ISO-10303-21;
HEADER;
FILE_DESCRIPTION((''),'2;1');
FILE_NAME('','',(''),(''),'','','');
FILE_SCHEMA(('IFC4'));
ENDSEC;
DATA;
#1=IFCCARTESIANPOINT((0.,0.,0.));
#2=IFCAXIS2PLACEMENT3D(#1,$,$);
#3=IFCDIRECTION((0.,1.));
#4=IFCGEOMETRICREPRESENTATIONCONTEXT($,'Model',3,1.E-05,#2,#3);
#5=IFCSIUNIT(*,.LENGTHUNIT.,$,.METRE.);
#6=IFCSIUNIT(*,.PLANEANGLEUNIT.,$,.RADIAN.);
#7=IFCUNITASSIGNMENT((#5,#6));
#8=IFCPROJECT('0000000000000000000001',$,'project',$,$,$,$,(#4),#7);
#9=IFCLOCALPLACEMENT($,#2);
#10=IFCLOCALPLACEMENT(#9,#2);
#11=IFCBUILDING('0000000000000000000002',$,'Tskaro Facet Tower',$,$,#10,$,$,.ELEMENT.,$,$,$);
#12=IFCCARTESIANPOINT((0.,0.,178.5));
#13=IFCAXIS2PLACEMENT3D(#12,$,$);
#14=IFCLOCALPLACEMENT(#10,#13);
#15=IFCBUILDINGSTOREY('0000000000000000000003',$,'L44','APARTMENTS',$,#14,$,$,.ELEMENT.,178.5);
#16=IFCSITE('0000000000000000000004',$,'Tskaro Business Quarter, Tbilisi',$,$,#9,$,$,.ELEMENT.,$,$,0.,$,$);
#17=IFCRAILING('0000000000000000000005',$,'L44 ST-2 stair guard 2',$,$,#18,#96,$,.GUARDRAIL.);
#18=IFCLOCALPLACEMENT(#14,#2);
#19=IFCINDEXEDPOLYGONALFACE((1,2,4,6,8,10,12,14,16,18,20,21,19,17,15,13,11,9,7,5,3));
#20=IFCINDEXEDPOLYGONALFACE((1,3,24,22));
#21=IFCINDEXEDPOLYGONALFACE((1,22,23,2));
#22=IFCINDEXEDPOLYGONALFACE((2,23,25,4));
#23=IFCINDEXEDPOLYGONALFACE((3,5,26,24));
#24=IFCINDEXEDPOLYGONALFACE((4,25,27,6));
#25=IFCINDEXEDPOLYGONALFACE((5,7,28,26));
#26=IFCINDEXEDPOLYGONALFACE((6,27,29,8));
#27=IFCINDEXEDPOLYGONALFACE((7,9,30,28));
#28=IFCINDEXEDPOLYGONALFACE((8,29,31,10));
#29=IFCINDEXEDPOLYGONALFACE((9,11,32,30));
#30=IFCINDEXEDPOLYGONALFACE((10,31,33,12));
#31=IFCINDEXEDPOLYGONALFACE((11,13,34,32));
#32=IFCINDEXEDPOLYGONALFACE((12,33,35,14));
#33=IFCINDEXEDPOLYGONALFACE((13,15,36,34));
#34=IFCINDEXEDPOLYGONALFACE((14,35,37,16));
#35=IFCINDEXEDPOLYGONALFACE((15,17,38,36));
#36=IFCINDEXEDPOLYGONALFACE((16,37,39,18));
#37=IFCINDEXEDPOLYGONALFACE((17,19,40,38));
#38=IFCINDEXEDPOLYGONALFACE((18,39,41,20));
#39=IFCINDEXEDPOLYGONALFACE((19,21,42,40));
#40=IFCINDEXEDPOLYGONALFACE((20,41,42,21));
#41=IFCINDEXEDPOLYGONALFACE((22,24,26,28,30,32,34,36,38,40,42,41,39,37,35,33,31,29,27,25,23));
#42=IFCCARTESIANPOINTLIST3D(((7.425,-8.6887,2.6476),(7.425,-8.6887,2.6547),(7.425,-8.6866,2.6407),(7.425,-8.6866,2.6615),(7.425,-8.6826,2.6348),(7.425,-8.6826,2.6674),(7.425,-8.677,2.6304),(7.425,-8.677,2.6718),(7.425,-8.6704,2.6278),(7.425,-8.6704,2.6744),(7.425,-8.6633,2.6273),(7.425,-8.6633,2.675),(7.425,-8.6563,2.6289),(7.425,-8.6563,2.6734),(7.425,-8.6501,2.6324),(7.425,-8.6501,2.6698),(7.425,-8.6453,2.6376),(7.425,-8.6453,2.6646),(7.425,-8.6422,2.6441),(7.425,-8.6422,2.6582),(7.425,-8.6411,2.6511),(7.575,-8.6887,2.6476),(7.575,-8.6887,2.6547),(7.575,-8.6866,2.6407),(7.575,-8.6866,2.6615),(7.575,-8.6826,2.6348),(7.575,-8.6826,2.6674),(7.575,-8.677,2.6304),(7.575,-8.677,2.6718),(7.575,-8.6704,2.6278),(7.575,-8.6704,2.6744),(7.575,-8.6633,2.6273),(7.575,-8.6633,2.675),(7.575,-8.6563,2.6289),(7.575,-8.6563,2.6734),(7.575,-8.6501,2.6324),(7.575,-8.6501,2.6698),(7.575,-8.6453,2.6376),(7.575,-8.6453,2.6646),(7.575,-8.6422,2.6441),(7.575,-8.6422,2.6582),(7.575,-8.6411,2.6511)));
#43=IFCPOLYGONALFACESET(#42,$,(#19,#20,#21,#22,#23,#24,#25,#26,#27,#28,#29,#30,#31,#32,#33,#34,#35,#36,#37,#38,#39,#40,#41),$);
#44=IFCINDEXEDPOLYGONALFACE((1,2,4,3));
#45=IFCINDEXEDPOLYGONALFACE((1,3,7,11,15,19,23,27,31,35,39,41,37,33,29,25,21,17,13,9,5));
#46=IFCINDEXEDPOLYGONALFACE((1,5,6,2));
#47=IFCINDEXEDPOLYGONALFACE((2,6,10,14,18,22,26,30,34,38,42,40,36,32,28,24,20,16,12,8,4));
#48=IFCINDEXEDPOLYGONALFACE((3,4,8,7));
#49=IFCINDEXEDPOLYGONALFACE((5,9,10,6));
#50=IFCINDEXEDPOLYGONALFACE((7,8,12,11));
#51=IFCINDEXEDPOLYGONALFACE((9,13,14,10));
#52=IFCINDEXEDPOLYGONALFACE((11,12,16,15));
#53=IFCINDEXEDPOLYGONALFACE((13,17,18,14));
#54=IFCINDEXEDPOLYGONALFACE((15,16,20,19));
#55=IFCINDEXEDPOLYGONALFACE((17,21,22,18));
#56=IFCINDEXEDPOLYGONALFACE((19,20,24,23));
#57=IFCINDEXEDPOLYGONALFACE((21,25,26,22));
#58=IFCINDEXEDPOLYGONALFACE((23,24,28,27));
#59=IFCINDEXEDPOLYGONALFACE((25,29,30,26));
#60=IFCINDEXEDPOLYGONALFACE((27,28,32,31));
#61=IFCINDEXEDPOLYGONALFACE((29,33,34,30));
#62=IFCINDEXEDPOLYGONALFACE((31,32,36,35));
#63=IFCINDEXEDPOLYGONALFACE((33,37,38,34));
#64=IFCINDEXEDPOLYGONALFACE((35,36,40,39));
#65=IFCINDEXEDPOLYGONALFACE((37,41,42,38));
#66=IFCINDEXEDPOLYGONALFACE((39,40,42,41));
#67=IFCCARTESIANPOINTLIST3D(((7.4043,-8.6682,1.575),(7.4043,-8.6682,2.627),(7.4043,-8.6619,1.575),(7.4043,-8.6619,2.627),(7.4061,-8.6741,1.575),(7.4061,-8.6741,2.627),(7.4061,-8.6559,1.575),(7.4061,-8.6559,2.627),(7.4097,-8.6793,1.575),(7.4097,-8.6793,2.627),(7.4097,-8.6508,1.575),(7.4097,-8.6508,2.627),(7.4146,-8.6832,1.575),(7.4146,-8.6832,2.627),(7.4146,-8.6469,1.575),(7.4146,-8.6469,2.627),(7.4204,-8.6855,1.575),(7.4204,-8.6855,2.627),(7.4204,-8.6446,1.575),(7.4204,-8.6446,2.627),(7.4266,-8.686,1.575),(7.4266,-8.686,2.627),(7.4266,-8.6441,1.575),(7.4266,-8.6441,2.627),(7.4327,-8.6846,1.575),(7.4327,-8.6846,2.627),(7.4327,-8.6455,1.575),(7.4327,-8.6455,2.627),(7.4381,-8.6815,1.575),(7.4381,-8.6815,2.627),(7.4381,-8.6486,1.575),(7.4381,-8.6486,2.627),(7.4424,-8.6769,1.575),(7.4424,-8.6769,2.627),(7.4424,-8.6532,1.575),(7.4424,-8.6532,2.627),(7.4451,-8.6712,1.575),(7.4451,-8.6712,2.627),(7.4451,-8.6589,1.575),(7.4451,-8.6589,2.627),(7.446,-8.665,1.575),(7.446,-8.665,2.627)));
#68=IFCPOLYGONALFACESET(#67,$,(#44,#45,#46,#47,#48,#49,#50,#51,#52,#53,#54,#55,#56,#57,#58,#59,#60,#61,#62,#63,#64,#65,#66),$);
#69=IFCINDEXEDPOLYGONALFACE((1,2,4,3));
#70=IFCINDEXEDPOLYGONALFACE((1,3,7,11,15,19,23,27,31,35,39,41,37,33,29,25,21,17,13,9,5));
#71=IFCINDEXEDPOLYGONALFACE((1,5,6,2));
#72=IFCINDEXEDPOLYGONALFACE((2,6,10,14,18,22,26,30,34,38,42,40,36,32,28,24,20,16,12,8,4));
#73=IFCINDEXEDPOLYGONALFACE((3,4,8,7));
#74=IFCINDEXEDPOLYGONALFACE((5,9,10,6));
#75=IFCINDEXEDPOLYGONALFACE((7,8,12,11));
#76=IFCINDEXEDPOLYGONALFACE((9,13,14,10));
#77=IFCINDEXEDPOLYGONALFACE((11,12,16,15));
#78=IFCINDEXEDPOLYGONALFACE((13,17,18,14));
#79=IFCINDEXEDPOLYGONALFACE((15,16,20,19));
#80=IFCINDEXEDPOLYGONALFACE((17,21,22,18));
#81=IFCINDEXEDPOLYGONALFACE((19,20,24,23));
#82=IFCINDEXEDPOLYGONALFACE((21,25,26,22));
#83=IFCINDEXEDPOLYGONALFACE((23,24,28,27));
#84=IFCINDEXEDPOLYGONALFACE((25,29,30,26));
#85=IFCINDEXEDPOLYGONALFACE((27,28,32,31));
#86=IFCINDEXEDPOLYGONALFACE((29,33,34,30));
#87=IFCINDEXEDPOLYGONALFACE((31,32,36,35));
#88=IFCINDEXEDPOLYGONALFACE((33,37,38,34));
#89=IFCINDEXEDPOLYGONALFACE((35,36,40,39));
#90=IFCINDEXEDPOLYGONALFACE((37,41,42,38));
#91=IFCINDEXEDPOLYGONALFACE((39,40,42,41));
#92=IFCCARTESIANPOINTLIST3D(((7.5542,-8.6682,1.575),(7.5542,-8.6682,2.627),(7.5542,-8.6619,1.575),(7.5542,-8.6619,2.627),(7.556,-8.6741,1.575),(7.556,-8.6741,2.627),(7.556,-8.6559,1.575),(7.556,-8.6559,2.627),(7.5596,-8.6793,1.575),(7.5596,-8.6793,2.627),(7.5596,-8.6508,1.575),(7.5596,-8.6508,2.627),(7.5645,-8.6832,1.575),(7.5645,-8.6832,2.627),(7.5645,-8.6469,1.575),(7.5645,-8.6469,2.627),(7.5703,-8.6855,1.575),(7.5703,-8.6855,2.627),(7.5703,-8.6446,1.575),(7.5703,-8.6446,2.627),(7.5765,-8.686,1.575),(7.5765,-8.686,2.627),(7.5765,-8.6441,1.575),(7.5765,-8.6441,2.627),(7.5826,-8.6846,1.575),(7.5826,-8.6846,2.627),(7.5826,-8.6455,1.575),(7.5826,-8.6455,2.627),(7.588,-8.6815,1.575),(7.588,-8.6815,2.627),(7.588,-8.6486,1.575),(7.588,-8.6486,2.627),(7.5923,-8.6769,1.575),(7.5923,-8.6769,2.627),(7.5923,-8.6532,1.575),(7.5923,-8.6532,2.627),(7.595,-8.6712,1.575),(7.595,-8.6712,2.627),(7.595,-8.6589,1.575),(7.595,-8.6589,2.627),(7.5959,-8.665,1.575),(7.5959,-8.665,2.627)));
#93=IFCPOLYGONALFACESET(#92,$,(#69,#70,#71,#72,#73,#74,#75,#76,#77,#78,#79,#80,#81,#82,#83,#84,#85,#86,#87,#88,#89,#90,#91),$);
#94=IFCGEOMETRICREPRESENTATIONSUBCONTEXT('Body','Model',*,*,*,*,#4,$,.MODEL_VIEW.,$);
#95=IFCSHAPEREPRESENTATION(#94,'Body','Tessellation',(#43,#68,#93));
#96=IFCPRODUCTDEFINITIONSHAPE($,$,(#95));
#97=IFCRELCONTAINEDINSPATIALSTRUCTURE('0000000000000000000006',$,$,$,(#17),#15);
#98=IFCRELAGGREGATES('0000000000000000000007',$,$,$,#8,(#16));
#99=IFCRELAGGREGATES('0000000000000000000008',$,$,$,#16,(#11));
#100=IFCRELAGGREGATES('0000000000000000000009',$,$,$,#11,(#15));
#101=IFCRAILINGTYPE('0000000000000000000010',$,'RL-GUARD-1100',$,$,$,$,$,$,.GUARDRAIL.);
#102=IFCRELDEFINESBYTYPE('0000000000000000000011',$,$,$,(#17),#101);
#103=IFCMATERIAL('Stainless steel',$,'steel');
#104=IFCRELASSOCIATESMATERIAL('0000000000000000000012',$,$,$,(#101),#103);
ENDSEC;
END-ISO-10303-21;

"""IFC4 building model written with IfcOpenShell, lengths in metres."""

from ifc_helpers import new_model, si_unit, direction, frame, origin, origin_2d, place, context, subcontext, project, spatial, circle, extrude, material, type_object, element, save


model = new_model("IFC4")

# Units and contexts
model_context = context("Model", 3, precision=1e-05, world=origin(), true_north=direction((0.0, 1.0)))
body_context = subcontext(model_context, "Body", "Model", "MODEL_VIEW")
ifc_project = project(units=[si_unit("LENGTHUNIT", "METRE"), si_unit("PLANEANGLEUNIT", "RADIAN")], contexts=[model_context])

# Site, building, storey
site_placement = place(None, origin())
site = spatial("IfcSite", under=ifc_project, at=site_placement, Name="Tskaro Business Quarter, Tbilisi", CompositionType="ELEMENT", RefElevation=0.0)
building_placement = place(site_placement, origin())
building = spatial("IfcBuilding", under=site, at=building_placement, Name="Tskaro Facet Tower", CompositionType="ELEMENT")
storey_placement = place(building_placement, frame((0.0, 0.0, 178.5)))
storey = spatial("IfcBuildingStorey", under=building, at=storey_placement, Name="L44", Description="APARTMENTS", CompositionType="ELEMENT", Elevation=178.5)

# Shared definitions
ifc_material_1 = material(Name="Stainless steel", Category="steel")

# Railing
railing_type_1 = type_object("IfcRailingType", Name="RL-GUARD-1100", PredefinedType="GUARDRAIL", material=ifc_material_1)
railing_1_placement = place(storey_placement, frame((7.425, -8.665, 1.575)))
element("IfcRailing", 1, at=railing_1_placement, inside=storey, type_object=railing_type_1, Name="L44 ST-2 stair guard 2", PredefinedType="GUARDRAIL", context=body_context, shape_type="SweptSolid", body=[
    extrude(circle(Radius=0.0239, at=origin_2d()), frame((0.0, 0.0, 1.0762), z_axis=(1.0, 0.0, 0.0), x_axis=(0.0, 1.0, 0.0)), (0.0, 0.0, 1.0), 0.1499),
    extrude(circle(Radius=0.021, at=origin_2d()), origin(), (0.0, 0.0, 1.0), 1.052),
    extrude(circle(Radius=0.021, at=origin_2d()), frame((0.1499, 0.0, 0.0)), (0.0, 0.0, 1.0), 1.052),
])

save(model, "model.ifc")
